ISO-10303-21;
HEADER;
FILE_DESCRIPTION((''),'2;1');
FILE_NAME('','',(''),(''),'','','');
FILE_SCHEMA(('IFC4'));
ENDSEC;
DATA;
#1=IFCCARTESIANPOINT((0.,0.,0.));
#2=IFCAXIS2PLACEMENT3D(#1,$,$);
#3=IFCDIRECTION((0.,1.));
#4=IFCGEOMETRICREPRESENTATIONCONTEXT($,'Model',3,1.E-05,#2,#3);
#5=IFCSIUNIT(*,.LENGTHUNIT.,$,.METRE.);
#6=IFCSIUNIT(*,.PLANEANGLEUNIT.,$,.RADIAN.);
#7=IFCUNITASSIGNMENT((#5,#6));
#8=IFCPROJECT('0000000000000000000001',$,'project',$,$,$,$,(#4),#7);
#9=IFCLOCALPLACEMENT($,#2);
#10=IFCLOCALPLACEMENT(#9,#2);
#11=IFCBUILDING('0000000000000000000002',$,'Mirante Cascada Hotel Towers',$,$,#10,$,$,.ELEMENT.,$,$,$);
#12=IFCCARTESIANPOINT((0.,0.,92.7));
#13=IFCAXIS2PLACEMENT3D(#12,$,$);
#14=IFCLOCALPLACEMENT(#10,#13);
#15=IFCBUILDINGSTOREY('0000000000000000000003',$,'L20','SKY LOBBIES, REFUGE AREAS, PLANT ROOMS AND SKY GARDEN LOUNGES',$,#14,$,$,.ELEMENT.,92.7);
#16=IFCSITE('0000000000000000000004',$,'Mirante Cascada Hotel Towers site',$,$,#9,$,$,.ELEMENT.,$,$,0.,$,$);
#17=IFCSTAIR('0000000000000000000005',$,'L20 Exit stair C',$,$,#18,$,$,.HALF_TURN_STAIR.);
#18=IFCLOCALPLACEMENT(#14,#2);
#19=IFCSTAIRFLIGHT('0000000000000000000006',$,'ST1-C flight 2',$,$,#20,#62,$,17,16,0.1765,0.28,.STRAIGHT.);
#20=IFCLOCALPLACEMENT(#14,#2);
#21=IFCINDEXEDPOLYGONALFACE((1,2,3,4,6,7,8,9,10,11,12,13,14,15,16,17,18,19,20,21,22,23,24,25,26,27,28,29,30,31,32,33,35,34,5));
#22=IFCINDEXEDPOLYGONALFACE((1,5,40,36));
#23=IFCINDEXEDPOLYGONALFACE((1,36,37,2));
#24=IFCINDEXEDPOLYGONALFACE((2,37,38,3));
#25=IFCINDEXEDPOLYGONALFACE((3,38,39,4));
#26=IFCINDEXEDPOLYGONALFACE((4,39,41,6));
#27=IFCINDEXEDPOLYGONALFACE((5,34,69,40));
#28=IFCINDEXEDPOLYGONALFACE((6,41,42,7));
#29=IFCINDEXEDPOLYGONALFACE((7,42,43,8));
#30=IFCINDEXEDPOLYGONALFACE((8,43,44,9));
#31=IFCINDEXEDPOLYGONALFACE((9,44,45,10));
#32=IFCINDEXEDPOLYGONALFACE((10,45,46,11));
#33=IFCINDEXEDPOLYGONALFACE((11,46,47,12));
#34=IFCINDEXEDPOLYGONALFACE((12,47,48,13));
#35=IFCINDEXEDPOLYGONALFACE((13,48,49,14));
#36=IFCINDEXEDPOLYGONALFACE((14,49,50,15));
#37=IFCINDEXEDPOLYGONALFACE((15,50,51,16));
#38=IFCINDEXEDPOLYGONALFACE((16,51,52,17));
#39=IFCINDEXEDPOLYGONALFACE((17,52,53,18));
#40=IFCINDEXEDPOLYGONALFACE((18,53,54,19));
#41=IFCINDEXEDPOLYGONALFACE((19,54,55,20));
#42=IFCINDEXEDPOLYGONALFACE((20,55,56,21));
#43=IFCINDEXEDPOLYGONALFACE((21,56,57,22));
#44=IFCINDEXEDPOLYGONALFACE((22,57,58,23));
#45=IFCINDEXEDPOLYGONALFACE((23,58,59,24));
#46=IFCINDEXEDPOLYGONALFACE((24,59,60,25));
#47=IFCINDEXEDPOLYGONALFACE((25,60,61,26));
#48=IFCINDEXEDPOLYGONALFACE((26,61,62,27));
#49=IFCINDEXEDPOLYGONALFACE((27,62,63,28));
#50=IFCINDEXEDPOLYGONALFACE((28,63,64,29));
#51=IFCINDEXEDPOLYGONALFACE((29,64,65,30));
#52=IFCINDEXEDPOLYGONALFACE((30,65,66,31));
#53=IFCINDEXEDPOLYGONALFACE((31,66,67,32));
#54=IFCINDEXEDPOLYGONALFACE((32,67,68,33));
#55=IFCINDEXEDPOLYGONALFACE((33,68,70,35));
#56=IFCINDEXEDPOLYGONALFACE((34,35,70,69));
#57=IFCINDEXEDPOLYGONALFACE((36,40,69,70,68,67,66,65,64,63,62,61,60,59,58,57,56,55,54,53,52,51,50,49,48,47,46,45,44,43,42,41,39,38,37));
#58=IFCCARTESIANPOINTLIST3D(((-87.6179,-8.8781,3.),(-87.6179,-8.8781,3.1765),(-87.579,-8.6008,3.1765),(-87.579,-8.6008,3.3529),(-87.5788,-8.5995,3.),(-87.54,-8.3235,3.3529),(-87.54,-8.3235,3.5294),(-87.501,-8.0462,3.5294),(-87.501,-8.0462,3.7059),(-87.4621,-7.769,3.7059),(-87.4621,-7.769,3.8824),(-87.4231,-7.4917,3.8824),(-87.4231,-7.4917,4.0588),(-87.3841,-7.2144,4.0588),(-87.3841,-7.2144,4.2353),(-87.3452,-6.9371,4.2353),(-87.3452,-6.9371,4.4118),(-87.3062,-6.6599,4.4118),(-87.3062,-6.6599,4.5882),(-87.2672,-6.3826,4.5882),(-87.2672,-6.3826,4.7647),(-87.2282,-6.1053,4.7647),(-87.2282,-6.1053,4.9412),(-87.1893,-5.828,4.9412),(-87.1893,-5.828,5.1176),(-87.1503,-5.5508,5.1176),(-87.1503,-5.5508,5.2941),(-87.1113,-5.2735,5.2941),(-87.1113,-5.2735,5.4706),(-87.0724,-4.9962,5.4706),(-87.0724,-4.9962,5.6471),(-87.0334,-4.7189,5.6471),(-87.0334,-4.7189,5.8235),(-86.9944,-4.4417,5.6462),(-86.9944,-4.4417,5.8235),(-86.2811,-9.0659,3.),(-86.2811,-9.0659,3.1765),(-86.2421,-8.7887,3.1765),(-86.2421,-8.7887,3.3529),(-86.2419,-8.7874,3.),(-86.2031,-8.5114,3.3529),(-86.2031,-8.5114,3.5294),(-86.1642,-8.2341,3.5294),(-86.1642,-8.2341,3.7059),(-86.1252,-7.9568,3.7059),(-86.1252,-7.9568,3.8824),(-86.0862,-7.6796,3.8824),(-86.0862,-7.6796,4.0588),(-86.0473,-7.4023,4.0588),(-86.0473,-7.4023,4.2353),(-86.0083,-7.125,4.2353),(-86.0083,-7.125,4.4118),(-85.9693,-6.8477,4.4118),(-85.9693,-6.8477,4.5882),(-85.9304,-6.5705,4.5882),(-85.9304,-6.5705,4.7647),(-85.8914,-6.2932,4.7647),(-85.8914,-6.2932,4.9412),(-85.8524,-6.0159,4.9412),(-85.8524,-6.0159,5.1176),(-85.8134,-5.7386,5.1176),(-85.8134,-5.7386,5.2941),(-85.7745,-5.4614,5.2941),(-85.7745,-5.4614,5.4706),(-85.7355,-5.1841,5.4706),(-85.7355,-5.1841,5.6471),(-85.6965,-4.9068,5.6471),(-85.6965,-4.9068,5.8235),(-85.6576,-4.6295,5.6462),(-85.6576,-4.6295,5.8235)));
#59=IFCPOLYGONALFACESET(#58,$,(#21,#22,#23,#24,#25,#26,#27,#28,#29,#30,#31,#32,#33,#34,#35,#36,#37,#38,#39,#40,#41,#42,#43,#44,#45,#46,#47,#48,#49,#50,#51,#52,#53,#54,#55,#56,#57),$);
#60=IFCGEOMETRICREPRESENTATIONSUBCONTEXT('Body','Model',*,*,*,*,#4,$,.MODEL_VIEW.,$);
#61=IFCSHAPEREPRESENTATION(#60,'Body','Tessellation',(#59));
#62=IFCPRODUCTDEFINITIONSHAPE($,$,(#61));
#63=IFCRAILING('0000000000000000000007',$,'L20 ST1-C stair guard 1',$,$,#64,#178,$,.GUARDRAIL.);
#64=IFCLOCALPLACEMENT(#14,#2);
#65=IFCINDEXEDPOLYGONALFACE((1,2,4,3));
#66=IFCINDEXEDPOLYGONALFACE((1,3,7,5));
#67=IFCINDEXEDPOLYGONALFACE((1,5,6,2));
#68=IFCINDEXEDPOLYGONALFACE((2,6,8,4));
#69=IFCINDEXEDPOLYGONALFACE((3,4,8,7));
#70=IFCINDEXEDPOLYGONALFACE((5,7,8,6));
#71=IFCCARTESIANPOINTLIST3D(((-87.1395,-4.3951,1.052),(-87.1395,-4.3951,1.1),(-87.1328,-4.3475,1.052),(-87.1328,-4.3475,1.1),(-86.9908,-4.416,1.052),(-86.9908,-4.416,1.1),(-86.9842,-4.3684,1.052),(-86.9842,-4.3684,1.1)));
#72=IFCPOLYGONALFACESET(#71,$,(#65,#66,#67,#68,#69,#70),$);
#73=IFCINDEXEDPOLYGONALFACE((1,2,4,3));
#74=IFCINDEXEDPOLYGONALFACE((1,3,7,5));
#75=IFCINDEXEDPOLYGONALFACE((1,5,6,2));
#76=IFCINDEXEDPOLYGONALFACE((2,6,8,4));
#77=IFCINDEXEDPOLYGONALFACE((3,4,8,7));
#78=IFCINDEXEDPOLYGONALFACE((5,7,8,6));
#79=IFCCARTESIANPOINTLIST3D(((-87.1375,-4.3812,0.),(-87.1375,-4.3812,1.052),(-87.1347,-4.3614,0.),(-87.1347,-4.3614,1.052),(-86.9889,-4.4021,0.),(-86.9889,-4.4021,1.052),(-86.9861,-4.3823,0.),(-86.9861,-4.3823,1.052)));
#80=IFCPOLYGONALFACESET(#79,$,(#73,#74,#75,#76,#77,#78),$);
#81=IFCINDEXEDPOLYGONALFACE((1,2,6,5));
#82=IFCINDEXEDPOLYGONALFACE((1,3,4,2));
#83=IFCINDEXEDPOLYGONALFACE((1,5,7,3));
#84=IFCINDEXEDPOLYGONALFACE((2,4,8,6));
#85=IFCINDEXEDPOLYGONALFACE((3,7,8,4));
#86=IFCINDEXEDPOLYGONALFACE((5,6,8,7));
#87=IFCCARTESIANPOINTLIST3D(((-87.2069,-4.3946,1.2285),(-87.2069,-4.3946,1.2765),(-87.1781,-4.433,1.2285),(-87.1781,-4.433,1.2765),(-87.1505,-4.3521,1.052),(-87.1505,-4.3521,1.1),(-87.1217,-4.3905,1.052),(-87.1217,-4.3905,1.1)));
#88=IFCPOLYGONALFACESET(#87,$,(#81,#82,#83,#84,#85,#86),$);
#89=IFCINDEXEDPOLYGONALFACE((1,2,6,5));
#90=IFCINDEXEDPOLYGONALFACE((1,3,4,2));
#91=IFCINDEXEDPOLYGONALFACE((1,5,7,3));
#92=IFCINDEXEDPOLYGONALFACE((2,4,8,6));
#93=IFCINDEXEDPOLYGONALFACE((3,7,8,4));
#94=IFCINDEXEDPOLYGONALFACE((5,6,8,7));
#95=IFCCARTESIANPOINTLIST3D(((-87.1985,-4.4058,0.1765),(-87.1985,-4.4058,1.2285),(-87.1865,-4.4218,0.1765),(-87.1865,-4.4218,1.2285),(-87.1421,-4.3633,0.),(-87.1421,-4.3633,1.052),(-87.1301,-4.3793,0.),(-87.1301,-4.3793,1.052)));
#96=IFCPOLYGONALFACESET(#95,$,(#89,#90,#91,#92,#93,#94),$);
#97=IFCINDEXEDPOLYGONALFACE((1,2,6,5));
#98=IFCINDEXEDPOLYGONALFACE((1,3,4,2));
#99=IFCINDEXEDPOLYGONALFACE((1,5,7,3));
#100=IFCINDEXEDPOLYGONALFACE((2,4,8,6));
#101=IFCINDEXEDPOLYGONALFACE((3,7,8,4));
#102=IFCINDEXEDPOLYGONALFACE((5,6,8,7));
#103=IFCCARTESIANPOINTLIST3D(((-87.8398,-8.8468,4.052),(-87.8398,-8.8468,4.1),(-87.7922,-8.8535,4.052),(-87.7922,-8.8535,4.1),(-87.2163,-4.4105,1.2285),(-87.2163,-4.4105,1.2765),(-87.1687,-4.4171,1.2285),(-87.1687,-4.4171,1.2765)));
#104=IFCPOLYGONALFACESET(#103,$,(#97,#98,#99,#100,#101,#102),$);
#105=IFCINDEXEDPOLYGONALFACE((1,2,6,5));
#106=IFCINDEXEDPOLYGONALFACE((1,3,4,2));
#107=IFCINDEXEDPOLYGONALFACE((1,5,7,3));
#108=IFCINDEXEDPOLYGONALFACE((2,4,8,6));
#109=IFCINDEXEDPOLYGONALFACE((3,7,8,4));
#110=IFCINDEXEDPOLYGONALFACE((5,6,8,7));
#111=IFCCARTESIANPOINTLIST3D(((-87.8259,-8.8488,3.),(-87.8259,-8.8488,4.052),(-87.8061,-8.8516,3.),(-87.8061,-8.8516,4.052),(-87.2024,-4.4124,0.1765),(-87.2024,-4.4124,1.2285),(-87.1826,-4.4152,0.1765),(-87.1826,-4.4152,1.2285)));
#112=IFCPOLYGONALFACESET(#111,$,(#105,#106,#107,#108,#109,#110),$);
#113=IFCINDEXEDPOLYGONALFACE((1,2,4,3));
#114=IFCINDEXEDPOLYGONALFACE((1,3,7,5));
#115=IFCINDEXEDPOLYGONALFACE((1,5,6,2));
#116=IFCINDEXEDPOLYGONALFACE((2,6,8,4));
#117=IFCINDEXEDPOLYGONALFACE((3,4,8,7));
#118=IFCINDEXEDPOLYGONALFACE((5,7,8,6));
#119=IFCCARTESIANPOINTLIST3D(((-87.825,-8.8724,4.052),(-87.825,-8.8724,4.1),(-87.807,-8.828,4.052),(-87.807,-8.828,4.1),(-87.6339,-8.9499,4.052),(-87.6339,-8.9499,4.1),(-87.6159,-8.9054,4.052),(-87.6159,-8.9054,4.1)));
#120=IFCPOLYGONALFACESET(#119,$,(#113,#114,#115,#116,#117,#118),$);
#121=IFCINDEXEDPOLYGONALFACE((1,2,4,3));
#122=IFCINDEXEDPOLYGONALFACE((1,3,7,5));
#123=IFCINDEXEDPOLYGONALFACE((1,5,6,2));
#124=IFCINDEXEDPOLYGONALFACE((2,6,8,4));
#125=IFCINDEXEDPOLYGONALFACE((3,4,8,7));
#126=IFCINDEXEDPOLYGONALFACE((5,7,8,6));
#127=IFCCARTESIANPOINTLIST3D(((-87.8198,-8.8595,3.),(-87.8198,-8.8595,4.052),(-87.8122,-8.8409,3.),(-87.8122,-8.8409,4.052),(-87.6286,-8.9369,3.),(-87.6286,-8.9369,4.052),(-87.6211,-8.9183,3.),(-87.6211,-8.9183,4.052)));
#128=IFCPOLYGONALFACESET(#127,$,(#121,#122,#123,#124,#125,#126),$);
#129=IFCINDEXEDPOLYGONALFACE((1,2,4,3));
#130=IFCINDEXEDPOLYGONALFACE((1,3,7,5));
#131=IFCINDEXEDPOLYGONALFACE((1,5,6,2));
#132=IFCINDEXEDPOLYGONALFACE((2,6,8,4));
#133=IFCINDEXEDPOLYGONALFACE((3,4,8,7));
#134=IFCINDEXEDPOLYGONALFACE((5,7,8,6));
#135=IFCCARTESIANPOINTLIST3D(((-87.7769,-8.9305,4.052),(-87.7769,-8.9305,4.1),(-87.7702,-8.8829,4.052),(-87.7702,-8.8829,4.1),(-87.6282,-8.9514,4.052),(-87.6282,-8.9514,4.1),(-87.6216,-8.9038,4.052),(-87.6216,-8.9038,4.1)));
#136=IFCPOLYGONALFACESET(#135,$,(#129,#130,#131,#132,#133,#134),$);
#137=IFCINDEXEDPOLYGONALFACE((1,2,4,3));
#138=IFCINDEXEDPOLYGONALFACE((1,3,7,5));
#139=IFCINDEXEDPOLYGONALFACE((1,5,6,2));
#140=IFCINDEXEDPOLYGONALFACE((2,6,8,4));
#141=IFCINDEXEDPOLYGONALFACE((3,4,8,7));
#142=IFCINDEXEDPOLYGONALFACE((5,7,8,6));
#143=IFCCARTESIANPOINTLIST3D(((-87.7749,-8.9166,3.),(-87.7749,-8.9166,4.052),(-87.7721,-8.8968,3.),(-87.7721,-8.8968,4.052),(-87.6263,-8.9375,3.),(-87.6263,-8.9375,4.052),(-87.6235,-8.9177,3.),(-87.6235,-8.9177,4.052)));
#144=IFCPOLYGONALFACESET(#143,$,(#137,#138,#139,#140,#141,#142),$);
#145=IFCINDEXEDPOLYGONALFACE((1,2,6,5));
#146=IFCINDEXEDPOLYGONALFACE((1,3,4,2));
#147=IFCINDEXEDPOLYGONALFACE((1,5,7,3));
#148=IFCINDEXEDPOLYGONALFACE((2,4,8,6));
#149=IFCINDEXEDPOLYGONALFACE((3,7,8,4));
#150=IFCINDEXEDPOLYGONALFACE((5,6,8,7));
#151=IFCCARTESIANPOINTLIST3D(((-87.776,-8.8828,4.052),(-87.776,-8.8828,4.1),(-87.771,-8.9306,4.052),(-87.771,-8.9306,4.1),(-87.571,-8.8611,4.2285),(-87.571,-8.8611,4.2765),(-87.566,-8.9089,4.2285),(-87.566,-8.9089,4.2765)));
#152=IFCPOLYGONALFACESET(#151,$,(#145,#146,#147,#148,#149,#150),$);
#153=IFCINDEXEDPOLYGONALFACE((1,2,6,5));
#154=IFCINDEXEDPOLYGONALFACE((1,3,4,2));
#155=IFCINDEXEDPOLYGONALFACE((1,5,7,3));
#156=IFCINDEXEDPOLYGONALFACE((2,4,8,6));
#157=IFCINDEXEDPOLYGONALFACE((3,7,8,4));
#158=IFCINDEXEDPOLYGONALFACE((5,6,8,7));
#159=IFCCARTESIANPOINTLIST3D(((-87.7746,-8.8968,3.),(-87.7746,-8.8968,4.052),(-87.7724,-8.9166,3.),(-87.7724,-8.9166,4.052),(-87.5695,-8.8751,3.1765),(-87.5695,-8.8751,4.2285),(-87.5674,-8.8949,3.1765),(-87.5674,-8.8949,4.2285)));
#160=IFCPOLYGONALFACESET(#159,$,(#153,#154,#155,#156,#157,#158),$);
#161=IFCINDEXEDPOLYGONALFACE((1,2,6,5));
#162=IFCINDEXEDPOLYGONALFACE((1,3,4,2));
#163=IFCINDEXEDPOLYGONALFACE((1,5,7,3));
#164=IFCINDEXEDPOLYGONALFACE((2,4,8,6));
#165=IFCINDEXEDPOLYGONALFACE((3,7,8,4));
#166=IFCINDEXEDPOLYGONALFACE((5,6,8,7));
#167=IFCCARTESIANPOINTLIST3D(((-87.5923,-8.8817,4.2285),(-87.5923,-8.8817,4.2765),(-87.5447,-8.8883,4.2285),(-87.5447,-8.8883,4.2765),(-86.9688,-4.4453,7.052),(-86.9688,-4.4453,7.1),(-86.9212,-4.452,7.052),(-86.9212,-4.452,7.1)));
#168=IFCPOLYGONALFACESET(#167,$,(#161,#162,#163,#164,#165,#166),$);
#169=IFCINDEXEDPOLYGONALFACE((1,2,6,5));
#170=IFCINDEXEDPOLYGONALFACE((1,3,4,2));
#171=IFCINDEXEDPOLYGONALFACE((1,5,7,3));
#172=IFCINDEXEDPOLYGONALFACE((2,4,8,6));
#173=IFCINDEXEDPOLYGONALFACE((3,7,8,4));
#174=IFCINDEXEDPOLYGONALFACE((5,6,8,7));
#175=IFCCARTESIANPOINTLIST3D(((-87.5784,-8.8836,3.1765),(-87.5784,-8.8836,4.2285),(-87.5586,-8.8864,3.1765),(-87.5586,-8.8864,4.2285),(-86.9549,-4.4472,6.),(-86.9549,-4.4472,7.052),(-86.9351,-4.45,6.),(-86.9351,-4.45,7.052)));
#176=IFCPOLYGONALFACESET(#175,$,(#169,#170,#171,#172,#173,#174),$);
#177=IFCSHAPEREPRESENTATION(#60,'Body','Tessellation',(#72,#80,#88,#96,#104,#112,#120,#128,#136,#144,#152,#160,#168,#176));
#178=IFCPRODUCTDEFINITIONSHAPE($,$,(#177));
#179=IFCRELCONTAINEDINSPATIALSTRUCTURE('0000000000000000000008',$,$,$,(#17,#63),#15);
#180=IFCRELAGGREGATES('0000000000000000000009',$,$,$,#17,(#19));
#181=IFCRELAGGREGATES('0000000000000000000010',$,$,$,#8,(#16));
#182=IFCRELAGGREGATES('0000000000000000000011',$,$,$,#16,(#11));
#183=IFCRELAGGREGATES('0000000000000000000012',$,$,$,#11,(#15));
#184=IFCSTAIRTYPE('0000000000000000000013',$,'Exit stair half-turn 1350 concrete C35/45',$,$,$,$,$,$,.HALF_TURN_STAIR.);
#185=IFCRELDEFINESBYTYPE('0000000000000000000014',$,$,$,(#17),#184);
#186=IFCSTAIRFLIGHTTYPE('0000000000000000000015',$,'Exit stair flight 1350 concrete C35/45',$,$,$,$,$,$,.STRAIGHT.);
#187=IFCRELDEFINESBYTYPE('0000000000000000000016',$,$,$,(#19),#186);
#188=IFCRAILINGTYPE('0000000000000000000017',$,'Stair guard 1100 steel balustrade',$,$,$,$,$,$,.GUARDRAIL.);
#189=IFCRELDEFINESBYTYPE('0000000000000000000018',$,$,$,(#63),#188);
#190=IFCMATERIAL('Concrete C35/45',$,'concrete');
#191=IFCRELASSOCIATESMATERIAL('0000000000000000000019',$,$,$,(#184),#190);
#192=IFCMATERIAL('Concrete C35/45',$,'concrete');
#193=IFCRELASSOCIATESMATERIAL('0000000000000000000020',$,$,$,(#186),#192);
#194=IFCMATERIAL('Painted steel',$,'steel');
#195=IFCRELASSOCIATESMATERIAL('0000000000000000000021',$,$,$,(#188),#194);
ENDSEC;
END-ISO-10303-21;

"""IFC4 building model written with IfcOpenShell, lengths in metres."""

from ifc_helpers import new_model, si_unit, direction, frame, origin, origin_2d, place, context, subcontext, project, spatial, polyline, rectangle, outline, extrude, material, type_object, element, aggregate, save


model = new_model("IFC4")

# Units and contexts
model_context = context("Model", 3, precision=1e-05, world=origin(), true_north=direction((0.0, 1.0)))
body_context = subcontext(model_context, "Body", "Model", "MODEL_VIEW")
ifc_project = project(units=[si_unit("LENGTHUNIT", "METRE"), si_unit("PLANEANGLEUNIT", "RADIAN")], contexts=[model_context])

# Site, building, storey
site_placement = place(None, origin())
site = spatial("IfcSite", under=ifc_project, at=site_placement, Name="Mirante Cascada Hotel Towers site", CompositionType="ELEMENT", RefElevation=0.0)
building_placement = place(site_placement, origin())
building = spatial("IfcBuilding", under=site, at=building_placement, Name="Mirante Cascada Hotel Towers", CompositionType="ELEMENT")
storey_placement = place(building_placement, frame((0.0, 0.0, 92.7)))
storey = spatial("IfcBuildingStorey", under=building, at=storey_placement, Name="L20", Description="SKY LOBBIES, REFUGE AREAS, PLANT ROOMS AND SKY GARDEN LOUNGES", CompositionType="ELEMENT", Elevation=92.7)

# Stair, stair flight
ifc_material_1 = material(Name="Concrete C35/45", Category="concrete")
stair_type = type_object("IfcStairType", Name="Exit stair half-turn 1350 concrete C35/45", PredefinedType="HALF_TURN_STAIR", material=ifc_material_1)
stair_placement = place(storey_placement, origin())
stair = element("IfcStair", 1, at=stair_placement, inside=storey, type_object=stair_type, Name="L20 Exit stair C", PredefinedType="HALF_TURN_STAIR")
ifc_material_2 = material(Name="Concrete C35/45", Category="concrete")
stair_flight_type = type_object("IfcStairFlightType", Name="Exit stair flight 1350 concrete C35/45", PredefinedType="STRAIGHT", material=ifc_material_2)
stair_flight_1_placement = place(storey_placement, frame((-86.9495, -8.972, 3.0), z_axis=(0.0, 0.0, 1.0), x_axis=(0.139173, 0.990268, 0.0)))
stair_flight_1 = element("IfcStairFlight", 2, at=stair_flight_1_placement, type_object=stair_flight_type, Name="ST1-C flight 2", NumberOfRisers=17, NumberOfTreads=16, PredefinedType="STRAIGHT", RiserHeight=0.1765, TreadLength=0.28, context=body_context, shape_type="SweptSolid", body=[
    extrude(outline(polyline([(0.0, 0.0), (0.0, 0.1765), (0.28, 0.1765), (0.28, 0.3529), (0.56, 0.3529), (0.56, 0.5294), (0.84, 0.5294), (0.84, 0.7059), (1.12, 0.7059), (1.12, 0.8824), (1.4, 0.8824), (1.4, 1.0588), (1.68, 1.0588), (1.68, 1.2353), (1.96, 1.2353), (1.96, 1.4118), (2.24, 1.4118), (2.24, 1.5882), (2.52, 1.5882), (2.52, 1.7647), (2.8, 1.7647), (2.8, 1.9412), (3.08, 1.9412), (3.08, 2.1176), (3.36, 2.1176), (3.36, 2.2941), (3.64, 2.2941), (3.64, 2.4706), (3.92, 2.4706), (3.92, 2.6471), (4.2, 2.6471), (4.2, 2.8235), (4.48, 2.8235), (4.48, 3.0), (4.48, 2.6462), (0.2813, 0.0), (0.0, 0.0)])), frame((0.0, 0.675, 0.0), z_axis=(0.0, -1.0, 0.0), x_axis=(1.0, 0.0, 0.0)), (0.0, 0.0, 1.0), 1.35),
])
aggregate(stair, [stair_flight_1])

# Railing
ifc_material_3 = material(Name="Painted steel", Category="steel")
railing_type_1 = type_object("IfcRailingType", Name="Stair guard 1100 steel balustrade", PredefinedType="GUARDRAIL", material=ifc_material_3)
railing_1_placement = place(storey_placement, frame((-86.9875, -4.3922, 0.0)))
element("IfcRailing", 3, at=railing_1_placement, inside=storey, type_object=railing_type_1, Name="L20 ST1-C stair guard 1", PredefinedType="GUARDRAIL", context=body_context, shape_type="SweptSolid", body=[
    extrude(rectangle(XDim=0.048, YDim=0.048, at=origin_2d()), frame((0.0, 0.0, 1.076), z_axis=(-0.990254, 0.139275, 0.0), x_axis=(-0.139275, -0.990254, 0.0)), (0.0, 0.0, 1.0), 0.1501),
    extrude(rectangle(XDim=0.02, YDim=1.052, at=origin_2d()), frame((0.0, 0.0, 0.526), z_axis=(-0.990254, 0.139275, 0.0), x_axis=(-0.139275, -0.990254, 0.0)), (0.0, 0.0, 1.0), 0.1501),
    extrude(rectangle(XDim=0.048, YDim=0.048, at=origin_2d()), frame((-0.1486, 0.0209, 1.076), z_axis=(-0.798639, -0.601811, 0.0), x_axis=(0.601811, -0.798639, 0.0)), (0.0, 0.92844, 0.371482), 0.1901),
    extrude(rectangle(XDim=0.02, YDim=1.052, at=origin_2d()), frame((-0.1486, 0.0209, 0.526), z_axis=(-0.798639, -0.601811, 0.0), x_axis=(0.601811, -0.798639, 0.0)), (0.0, 0.92844, 0.371482), 0.1901),
    extrude(rectangle(XDim=0.048, YDim=0.048, at=origin_2d()), frame((-0.205, -0.0216, 1.2525), z_axis=(-0.139174, -0.990268, 0.0), x_axis=(0.990268, -0.139174, 0.0)), (0.0, 0.533186, 0.845998), 5.2955),
    extrude(rectangle(XDim=0.02, YDim=1.052, at=origin_2d()), frame((-0.205, -0.0216, 0.7025), z_axis=(-0.139174, -0.990268, 0.0), x_axis=(0.990268, -0.139174, 0.0)), (0.0, 0.533186, 0.845998), 5.2955),
    extrude(rectangle(XDim=0.048, YDim=0.048, at=origin_2d()), frame((-0.8285, -4.458, 4.076), z_axis=(0.926862, -0.375401, 0.0), x_axis=(0.375401, 0.926862, 0.0)), (0.0, 0.0, 1.0), 0.2062),
    extrude(rectangle(XDim=0.02, YDim=1.052, at=origin_2d()), frame((-0.8285, -4.458, 3.526), z_axis=(0.926862, -0.375401, 0.0), x_axis=(0.375401, 0.926862, 0.0)), (0.0, 0.0, 1.0), 0.2062),
    extrude(rectangle(XDim=0.048, YDim=0.048, at=origin_2d()), frame((-0.6374, -4.5354, 4.076), z_axis=(-0.990254, 0.139275, 0.0), x_axis=(-0.139275, -0.990254, 0.0)), (0.0, 0.0, 1.0), 0.1501),
    extrude(rectangle(XDim=0.02, YDim=1.052, at=origin_2d()), frame((-0.6374, -4.5354, 3.526), z_axis=(-0.990254, 0.139275, 0.0), x_axis=(-0.139275, -0.990254, 0.0)), (0.0, 0.0, 1.0), 0.1501),
    extrude(rectangle(XDim=0.048, YDim=0.048, at=origin_2d()), frame((-0.786, -4.5145, 4.076), z_axis=(0.994444, 0.105266, 0.0), x_axis=(-0.105266, 0.994444, 0.0)), (0.0, 0.650375, 0.759613), 0.2714),
    extrude(rectangle(XDim=0.02, YDim=1.052, at=origin_2d()), frame((-0.786, -4.5145, 3.526), z_axis=(0.994444, 0.105266, 0.0), x_axis=(-0.105266, 0.994444, 0.0)), (0.0, 0.650375, 0.759613), 0.2714),
    extrude(rectangle(XDim=0.048, YDim=0.048, at=origin_2d()), frame((-0.581, -4.4928, 4.2525), z_axis=(0.139174, 0.990268, 0.0), x_axis=(-0.990268, 0.139174, 0.0)), (0.0, 0.533186, 0.845998), 5.2955),
    extrude(rectangle(XDim=0.02, YDim=1.052, at=origin_2d()), frame((-0.581, -4.4928, 3.7025), z_axis=(0.139174, 0.990268, 0.0), x_axis=(-0.990268, 0.139174, 0.0)), (0.0, 0.533186, 0.845998), 5.2955),
])

save(model, "model.ifc")
